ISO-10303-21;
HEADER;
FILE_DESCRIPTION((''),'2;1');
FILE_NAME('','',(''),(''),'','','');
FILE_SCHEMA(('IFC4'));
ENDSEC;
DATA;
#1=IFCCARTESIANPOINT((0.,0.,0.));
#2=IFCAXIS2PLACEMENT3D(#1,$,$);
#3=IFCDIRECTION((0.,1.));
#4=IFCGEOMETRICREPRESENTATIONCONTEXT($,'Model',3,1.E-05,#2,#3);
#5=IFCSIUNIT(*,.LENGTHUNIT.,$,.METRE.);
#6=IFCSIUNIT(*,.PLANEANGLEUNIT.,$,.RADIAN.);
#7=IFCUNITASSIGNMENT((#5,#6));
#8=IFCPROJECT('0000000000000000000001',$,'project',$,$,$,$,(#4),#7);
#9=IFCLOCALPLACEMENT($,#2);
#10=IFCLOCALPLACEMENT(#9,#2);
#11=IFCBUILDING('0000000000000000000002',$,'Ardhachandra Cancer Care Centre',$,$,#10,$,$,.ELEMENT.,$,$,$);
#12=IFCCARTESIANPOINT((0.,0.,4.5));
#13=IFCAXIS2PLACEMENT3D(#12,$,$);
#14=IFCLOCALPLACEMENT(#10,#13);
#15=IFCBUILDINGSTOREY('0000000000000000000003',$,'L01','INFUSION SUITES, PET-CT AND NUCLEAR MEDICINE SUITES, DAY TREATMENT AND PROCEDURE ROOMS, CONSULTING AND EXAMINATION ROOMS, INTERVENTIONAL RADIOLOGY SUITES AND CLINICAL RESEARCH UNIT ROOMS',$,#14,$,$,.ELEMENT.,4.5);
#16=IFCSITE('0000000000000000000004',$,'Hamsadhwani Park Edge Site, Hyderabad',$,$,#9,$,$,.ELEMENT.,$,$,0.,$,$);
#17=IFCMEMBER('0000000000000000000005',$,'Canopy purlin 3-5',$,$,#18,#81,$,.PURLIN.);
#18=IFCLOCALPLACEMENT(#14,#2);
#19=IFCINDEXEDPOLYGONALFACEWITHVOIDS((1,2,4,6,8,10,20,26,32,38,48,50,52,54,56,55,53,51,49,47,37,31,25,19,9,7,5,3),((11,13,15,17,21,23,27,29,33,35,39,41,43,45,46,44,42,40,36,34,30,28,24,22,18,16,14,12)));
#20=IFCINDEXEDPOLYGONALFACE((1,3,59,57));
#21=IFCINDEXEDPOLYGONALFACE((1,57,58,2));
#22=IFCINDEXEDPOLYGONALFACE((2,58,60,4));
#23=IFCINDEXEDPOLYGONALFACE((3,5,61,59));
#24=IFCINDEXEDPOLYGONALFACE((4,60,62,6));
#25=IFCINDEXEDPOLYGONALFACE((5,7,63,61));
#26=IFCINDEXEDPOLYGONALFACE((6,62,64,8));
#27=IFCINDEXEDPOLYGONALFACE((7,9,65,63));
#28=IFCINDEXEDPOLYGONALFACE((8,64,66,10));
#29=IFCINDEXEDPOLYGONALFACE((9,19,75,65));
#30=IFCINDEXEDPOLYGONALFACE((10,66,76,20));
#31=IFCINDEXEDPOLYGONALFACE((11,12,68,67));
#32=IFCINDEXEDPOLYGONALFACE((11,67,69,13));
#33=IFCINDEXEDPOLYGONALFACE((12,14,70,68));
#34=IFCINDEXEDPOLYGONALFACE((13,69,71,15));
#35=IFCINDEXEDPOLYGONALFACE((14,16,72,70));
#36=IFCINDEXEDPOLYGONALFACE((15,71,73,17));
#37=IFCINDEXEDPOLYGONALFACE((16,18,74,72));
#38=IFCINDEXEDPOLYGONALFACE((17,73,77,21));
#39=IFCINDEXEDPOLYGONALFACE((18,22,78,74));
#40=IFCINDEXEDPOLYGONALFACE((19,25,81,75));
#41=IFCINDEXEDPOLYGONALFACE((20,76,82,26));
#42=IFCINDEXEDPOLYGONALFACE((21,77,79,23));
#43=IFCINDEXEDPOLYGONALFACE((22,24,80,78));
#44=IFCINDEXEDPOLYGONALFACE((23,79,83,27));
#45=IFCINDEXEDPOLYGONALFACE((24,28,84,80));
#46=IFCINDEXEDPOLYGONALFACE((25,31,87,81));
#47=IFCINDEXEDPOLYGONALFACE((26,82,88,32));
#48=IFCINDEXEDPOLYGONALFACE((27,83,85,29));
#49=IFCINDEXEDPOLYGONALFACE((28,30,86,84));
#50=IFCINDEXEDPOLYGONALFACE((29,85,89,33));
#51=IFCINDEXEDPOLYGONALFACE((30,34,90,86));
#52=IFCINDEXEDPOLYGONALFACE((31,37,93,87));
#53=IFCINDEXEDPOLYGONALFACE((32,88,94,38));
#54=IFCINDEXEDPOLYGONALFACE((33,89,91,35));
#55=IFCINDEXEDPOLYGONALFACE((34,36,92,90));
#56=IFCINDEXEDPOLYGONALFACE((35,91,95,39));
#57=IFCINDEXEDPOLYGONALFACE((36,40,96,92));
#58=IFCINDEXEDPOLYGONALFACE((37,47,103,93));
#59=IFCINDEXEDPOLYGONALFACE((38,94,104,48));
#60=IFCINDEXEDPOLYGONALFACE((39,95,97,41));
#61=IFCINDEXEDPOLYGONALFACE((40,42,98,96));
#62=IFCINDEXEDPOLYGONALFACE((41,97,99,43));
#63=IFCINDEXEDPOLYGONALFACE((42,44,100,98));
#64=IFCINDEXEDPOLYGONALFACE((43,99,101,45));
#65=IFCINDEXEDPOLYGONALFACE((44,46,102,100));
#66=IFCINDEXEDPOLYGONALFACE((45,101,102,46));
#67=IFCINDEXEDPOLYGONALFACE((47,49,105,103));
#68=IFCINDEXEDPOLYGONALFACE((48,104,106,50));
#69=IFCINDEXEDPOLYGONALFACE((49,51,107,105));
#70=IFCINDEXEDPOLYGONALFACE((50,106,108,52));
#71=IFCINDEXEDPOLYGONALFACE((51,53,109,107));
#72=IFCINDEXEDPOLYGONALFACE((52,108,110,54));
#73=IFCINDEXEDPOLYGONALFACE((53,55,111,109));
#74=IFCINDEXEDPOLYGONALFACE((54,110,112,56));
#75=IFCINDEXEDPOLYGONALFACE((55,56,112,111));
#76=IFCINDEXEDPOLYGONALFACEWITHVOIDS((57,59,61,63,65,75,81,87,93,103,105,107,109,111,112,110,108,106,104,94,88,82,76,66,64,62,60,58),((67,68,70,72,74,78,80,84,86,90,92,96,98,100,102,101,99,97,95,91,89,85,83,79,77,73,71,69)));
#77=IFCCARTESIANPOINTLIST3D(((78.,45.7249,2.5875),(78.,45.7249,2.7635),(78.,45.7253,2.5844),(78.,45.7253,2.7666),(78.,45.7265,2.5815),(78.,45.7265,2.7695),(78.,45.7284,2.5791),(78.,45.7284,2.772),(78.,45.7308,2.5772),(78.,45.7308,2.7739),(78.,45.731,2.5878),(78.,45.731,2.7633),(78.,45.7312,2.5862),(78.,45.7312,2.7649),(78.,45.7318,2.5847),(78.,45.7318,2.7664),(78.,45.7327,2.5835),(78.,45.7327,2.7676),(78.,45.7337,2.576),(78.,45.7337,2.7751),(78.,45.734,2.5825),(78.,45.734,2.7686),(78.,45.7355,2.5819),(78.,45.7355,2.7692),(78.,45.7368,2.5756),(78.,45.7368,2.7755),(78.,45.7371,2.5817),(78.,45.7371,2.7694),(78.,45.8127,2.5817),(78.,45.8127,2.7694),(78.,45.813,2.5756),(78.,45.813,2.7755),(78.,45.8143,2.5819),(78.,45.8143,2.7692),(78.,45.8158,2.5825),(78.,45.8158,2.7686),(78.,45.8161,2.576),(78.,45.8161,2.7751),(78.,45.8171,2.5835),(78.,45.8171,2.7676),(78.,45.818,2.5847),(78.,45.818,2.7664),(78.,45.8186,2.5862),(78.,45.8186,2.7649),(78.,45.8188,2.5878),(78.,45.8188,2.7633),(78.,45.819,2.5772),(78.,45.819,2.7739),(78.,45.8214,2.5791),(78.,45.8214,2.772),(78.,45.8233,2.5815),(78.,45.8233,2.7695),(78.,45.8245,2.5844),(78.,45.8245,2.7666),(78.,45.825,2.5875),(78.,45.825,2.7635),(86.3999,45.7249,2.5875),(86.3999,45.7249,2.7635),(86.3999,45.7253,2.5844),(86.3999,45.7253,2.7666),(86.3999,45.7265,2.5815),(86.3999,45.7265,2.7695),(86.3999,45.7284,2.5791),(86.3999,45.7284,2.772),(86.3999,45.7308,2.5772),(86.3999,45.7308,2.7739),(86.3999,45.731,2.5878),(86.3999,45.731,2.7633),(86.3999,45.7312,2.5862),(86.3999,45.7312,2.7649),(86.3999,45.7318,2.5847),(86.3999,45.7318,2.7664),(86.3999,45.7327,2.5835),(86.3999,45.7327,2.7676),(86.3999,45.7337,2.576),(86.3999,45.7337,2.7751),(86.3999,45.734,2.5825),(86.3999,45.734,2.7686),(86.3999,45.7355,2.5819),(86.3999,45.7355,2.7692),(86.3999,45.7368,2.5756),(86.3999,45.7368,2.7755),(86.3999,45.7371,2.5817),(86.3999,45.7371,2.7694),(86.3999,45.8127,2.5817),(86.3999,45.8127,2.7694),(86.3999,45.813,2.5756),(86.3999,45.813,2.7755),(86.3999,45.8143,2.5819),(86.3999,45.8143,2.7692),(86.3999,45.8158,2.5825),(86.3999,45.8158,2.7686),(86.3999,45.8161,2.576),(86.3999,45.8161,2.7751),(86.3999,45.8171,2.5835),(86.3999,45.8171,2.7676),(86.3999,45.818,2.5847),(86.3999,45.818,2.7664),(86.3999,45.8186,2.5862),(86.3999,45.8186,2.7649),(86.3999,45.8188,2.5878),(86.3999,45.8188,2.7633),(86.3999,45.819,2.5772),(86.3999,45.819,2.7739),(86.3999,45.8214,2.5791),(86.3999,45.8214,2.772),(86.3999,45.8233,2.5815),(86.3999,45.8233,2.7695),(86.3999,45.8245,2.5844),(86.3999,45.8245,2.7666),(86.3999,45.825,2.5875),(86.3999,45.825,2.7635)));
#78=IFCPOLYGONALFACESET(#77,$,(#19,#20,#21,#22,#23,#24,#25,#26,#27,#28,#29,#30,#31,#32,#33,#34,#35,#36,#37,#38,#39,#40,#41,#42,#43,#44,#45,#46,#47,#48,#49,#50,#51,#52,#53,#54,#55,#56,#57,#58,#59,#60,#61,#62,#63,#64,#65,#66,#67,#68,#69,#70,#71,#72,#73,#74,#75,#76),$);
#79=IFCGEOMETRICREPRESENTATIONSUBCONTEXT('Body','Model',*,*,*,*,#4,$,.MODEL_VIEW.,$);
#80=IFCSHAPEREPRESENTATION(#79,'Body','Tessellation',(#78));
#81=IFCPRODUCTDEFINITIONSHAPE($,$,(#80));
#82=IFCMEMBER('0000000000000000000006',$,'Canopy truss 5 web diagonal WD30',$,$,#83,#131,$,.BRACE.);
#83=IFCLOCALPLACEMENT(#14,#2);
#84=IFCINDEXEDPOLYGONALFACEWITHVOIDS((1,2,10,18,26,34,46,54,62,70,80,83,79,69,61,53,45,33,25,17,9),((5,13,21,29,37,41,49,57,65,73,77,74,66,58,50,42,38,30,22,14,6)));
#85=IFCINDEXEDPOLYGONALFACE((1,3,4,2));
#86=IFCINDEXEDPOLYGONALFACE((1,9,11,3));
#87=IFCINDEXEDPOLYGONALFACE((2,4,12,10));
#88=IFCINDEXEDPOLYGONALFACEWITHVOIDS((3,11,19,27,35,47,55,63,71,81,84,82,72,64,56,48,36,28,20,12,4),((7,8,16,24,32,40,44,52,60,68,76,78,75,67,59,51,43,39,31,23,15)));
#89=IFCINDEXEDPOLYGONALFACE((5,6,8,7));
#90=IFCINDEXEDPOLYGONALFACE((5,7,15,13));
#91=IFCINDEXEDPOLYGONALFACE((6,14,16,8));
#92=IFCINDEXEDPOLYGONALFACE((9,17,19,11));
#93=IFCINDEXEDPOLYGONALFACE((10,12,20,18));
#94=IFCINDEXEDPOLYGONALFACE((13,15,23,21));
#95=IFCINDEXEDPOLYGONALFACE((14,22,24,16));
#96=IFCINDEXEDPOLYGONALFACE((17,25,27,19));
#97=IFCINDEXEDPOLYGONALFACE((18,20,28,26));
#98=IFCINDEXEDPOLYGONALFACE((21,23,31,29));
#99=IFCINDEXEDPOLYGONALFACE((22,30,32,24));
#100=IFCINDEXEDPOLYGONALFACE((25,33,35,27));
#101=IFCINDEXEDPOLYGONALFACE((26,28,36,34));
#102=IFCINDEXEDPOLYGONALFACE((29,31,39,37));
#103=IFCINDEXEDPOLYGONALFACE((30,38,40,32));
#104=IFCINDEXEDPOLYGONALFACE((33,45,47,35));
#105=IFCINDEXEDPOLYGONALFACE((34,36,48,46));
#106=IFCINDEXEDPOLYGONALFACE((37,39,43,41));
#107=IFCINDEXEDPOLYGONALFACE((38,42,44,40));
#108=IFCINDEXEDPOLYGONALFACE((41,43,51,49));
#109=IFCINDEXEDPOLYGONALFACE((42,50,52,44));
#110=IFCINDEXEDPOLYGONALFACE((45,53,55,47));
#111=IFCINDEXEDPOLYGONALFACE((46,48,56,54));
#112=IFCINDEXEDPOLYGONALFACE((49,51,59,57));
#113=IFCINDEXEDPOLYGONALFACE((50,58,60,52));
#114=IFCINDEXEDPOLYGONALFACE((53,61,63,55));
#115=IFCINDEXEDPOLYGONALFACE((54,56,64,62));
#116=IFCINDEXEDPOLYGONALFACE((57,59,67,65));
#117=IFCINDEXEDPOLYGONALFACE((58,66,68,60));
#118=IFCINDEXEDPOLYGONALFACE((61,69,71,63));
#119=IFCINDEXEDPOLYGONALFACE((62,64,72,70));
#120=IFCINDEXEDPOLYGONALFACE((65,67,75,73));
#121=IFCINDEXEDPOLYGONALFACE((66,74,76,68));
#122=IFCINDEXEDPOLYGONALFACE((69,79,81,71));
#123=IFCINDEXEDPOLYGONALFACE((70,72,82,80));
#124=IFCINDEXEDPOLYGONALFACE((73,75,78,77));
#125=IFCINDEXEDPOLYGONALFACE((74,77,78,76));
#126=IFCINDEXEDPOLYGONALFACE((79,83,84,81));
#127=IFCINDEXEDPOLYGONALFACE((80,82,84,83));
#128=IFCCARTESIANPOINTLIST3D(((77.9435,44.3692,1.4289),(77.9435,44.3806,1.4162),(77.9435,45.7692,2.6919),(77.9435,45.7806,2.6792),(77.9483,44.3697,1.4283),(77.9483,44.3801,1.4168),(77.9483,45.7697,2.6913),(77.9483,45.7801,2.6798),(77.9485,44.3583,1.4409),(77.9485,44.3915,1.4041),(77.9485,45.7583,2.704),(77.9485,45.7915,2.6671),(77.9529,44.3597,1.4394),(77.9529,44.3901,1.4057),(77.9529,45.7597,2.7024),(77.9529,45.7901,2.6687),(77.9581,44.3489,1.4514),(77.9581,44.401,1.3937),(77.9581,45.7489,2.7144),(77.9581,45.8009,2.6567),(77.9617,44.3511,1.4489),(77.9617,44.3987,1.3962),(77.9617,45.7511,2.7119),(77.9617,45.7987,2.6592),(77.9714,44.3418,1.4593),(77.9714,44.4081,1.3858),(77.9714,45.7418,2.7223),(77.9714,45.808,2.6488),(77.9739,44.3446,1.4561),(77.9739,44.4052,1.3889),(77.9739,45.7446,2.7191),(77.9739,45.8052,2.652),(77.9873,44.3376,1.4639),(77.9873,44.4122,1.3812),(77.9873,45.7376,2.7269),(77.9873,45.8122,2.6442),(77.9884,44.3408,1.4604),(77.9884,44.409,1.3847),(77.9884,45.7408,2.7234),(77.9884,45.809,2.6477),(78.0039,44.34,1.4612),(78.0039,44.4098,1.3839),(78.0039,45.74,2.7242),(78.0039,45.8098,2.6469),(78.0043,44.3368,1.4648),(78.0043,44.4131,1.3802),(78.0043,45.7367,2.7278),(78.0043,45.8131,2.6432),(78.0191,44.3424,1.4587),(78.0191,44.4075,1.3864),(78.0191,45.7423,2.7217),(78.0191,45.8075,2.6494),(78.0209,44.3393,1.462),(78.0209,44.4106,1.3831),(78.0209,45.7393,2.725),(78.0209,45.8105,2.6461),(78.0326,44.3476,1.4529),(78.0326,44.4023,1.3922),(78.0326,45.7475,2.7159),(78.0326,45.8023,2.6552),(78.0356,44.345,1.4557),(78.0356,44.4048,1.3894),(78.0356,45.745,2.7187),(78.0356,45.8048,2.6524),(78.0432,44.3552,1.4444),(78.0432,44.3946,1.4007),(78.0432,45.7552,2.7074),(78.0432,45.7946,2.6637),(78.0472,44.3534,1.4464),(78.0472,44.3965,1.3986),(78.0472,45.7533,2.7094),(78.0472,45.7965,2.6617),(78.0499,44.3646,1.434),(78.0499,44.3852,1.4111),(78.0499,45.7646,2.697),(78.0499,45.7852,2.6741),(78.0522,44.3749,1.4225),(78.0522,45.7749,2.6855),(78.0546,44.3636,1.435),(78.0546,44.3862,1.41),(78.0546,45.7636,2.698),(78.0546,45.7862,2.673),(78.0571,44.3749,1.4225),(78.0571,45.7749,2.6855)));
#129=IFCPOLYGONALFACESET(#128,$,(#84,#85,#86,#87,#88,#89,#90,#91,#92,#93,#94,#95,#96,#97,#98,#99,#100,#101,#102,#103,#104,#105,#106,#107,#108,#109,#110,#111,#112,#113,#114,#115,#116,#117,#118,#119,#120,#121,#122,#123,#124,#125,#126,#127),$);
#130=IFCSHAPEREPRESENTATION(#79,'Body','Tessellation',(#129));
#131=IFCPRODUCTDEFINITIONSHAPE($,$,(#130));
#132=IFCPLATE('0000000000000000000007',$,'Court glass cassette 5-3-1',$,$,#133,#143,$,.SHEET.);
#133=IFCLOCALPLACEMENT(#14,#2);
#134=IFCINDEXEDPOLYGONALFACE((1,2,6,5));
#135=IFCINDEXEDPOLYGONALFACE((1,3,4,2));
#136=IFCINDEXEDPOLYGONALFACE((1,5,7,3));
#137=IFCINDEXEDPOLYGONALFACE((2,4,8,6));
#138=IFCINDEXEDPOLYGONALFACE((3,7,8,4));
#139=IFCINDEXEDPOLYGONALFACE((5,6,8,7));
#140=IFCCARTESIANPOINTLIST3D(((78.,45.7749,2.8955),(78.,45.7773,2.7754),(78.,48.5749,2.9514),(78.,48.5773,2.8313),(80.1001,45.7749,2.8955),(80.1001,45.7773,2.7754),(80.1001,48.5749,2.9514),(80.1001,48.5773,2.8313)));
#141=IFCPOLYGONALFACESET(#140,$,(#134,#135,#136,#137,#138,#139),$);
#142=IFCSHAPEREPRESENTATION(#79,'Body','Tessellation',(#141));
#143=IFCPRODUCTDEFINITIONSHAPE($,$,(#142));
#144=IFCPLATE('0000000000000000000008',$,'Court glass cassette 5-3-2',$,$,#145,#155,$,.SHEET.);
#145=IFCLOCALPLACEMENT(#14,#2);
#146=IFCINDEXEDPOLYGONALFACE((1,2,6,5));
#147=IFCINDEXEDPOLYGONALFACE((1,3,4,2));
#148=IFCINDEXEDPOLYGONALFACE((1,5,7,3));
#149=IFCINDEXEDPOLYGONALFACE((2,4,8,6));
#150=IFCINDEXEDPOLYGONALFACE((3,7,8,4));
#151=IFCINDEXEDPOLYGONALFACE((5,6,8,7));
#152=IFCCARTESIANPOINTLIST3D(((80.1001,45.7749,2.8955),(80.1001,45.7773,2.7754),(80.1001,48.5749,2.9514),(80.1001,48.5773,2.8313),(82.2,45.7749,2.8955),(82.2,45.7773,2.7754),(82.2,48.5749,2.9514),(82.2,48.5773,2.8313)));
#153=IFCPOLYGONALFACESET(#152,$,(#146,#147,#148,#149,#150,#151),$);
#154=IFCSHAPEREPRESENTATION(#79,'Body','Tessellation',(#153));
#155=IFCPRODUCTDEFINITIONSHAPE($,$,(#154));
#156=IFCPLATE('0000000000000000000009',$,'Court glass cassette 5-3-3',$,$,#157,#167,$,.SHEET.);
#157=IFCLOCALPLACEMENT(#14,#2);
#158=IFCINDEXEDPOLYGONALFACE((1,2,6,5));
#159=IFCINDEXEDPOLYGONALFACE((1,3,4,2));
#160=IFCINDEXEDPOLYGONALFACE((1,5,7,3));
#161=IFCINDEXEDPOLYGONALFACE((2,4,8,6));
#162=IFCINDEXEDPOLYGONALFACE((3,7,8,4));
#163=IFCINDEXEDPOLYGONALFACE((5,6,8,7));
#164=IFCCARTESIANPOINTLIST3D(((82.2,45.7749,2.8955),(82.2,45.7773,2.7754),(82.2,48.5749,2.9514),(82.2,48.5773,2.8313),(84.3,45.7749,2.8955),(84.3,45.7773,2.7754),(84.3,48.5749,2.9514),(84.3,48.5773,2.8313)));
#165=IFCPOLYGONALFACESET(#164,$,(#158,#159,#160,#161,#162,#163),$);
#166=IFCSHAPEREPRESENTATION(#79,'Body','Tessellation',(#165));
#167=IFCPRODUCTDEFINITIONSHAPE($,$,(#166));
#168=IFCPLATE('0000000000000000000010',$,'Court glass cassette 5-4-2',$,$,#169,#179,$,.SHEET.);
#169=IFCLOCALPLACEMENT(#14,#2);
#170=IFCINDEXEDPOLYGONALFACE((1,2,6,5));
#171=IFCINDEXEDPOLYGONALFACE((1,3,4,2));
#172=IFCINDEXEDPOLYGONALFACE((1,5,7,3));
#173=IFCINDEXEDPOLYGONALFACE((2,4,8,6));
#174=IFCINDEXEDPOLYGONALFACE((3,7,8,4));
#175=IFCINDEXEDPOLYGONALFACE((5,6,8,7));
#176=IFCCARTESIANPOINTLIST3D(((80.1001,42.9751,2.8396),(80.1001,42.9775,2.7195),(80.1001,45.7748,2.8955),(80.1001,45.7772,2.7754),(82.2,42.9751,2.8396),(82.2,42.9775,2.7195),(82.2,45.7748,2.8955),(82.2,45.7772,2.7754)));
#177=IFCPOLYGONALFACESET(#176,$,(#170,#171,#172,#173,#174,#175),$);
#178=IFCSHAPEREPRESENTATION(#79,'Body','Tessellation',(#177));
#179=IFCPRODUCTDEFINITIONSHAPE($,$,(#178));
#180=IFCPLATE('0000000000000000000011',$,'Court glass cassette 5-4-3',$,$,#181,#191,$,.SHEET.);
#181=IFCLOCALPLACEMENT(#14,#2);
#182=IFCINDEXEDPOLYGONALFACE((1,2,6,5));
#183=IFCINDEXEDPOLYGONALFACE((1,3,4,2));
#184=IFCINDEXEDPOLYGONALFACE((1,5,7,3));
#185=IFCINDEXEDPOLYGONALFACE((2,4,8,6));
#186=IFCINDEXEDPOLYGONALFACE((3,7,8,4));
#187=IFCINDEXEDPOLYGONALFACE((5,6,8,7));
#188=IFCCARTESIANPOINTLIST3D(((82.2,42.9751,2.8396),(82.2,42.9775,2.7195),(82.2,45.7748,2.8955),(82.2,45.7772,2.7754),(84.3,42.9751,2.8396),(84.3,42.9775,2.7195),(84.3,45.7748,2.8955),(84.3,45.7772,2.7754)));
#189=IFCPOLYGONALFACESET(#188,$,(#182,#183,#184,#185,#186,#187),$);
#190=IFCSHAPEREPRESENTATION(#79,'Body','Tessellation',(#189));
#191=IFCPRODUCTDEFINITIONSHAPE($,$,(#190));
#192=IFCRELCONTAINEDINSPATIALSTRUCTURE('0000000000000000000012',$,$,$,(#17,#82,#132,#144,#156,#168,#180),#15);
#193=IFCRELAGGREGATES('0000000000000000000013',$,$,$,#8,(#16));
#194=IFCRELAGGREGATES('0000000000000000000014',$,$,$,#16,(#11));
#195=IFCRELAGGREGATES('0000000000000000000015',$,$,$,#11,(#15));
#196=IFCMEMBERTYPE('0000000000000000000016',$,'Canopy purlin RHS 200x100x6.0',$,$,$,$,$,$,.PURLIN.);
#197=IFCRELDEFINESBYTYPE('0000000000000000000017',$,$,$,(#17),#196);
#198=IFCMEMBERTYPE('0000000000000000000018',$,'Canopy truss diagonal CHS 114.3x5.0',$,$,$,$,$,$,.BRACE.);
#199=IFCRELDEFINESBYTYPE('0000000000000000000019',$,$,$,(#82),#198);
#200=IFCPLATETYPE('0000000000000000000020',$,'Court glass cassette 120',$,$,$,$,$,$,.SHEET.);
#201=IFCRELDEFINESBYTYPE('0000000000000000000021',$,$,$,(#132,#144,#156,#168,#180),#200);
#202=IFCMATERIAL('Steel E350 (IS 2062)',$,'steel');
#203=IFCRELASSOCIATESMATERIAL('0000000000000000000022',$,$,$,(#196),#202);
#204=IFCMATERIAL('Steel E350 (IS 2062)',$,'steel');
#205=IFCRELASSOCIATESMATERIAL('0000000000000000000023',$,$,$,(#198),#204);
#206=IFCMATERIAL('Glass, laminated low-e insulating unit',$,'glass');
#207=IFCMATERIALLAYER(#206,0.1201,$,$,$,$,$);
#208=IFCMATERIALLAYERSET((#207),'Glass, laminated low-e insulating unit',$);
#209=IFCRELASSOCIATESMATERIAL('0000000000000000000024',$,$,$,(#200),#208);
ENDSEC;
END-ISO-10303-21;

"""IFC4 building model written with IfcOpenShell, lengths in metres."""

from ifc_helpers import new_model, si_unit, direction, frame, origin, origin_2d, place, context, subcontext, project, spatial, polyline, hollow_rectangle, hollow_circle, outline, extrude, material, layer, layer_set, material_profile, profile_set, type_object, element, save


model = new_model("IFC4")

# Units and contexts
model_context = context("Model", 3, precision=1e-05, world=origin(), true_north=direction((0.0, 1.0)))
body_context = subcontext(model_context, "Body", "Model", "MODEL_VIEW")
ifc_project = project(units=[si_unit("LENGTHUNIT", "METRE"), si_unit("PLANEANGLEUNIT", "RADIAN")], contexts=[model_context])

# Site, building, storey
site_placement = place(None, origin())
site = spatial("IfcSite", under=ifc_project, at=site_placement, Name="Hamsadhwani Park Edge Site, Hyderabad", CompositionType="ELEMENT", RefElevation=0.0)
building_placement = place(site_placement, origin())
building = spatial("IfcBuilding", under=site, at=building_placement, Name="Ardhachandra Cancer Care Centre", CompositionType="ELEMENT")
storey_placement = place(building_placement, frame((0.0, 0.0, 4.5)))
storey = spatial("IfcBuildingStorey", under=building, at=storey_placement, Name="L01", Description="INFUSION SUITES, PET-CT AND NUCLEAR MEDICINE SUITES, DAY TREATMENT AND PROCEDURE ROOMS, CONSULTING AND EXAMINATION ROOMS, INTERVENTIONAL RADIOLOGY SUITES AND CLINICAL RESEARCH UNIT ROOMS", CompositionType="ELEMENT", Elevation=4.5)

# Members
ifc_material_1 = material(Name="Steel E350 (IS 2062)", Category="steel")
ifc_material_profile_1 = material_profile(ifc_material_1, hollow_rectangle(XDim=0.1001, YDim=0.2, WallThickness=0.0061, InnerFilletRadius=0.0061, OuterFilletRadius=0.012, at=origin_2d()), Name="RHS 200x100x6.0")
ifc_profile_set_1 = profile_set([ifc_material_profile_1], Name="Steel E350 (IS 2062)")
member_type_1 = type_object("IfcMemberType", Name="Canopy purlin RHS 200x100x6.0", PredefinedType="PURLIN", material=ifc_profile_set_1)
member_1_placement = place(storey_placement, frame((78.0, 45.7749, 2.6755), z_axis=(1.0, 0.0, 0.0), x_axis=(0.0, 1.0, 0.0)))
element("IfcMember", 1, at=member_1_placement, inside=storey, type_object=member_type_1, Name="Canopy purlin 3-5", PredefinedType="PURLIN", context=body_context, shape_type="SweptSolid", body=[
    extrude(hollow_rectangle(XDim=0.1001, YDim=0.2, WallThickness=0.0061, InnerFilletRadius=0.0061, OuterFilletRadius=0.012, at=origin_2d()), origin(), (0.0, 0.0, 1.0), 8.3999),
])
ifc_material_2 = material(Name="Steel E350 (IS 2062)", Category="steel")
ifc_material_profile_2 = material_profile(ifc_material_2, hollow_circle(Radius=0.0571, WallThickness=0.0049, at=origin_2d()), Name="CHS 114.3x5.0")
ifc_profile_set_2 = profile_set([ifc_material_profile_2], Name="Steel E350 (IS 2062)")
member_type_2 = type_object("IfcMemberType", Name="Canopy truss diagonal CHS 114.3x5.0", PredefinedType="BRACE", material=ifc_profile_set_2)
member_2_placement = place(storey_placement, frame((78.0, 45.7749, 2.6855), z_axis=(0.0, -0.742495, -0.669851), x_axis=(1.0, 0.0, 0.0)))
element("IfcMember", 2, at=member_2_placement, inside=storey, type_object=member_type_2, Name="Canopy truss 5 web diagonal WD30", PredefinedType="BRACE", context=body_context, shape_type="SweptSolid", body=[
    extrude(hollow_circle(Radius=0.0571, WallThickness=0.0049, at=origin_2d()), origin(), (0.0, 0.0, 1.0), 1.8855),
])

# Plates
ifc_material_3 = material(Name="Glass, laminated low-e insulating unit", Category="glass")
ifc_layer = layer(ifc_material_3, 0.1201)
ifc_layer_set = layer_set([ifc_layer], Name="Glass, laminated low-e insulating unit")
plate_type = type_object("IfcPlateType", Name="Court glass cassette 120", PredefinedType="SHEET", material=ifc_layer_set)
plate_1_placement = place(storey_placement, frame((78.0, 45.7749, 2.8955), z_axis=(0.0, -0.019963, 0.999801), x_axis=(0.0, 0.999801, 0.019963)))
element("IfcPlate", 3, at=plate_1_placement, inside=storey, type_object=plate_type, Name="Court glass cassette 5-3-1", PredefinedType="SHEET", context=body_context, shape_type="SweptSolid", body=[
    extrude(outline(polyline([(0.0, -2.1001), (2.8005, -2.1001), (2.8005, 0.0), (0.0, 0.0), (0.0, -2.1001)])), frame((0.0, 0.0, -0.1201)), (0.0, 0.0, 1.0), 0.1201),
])
plate_2_placement = place(storey_placement, frame((80.1001, 45.7749, 2.8955), z_axis=(0.0, -0.019963, 0.999801), x_axis=(0.0, 0.999801, 0.019963)))
element("IfcPlate", 4, at=plate_2_placement, inside=storey, type_object=plate_type, Name="Court glass cassette 5-3-2", PredefinedType="SHEET", context=body_context, shape_type="SweptSolid", body=[
    extrude(outline(polyline([(0.0, -2.0999), (2.8005, -2.0999), (2.8005, 0.0), (0.0, 0.0), (0.0, -2.0999)])), frame((0.0, 0.0, -0.1201)), (0.0, 0.0, 1.0), 0.1201),
])
plate_3_placement = place(storey_placement, frame((82.2, 45.7749, 2.8955), z_axis=(0.0, -0.019963, 0.999801), x_axis=(0.0, 0.999801, 0.019963)))
element("IfcPlate", 5, at=plate_3_placement, inside=storey, type_object=plate_type, Name="Court glass cassette 5-3-3", PredefinedType="SHEET", context=body_context, shape_type="SweptSolid", body=[
    extrude(outline(polyline([(0.0, -2.1001), (2.8005, -2.1001), (2.8005, 0.0), (0.0, 0.0), (0.0, -2.1001)])), frame((0.0, 0.0, -0.1201)), (0.0, 0.0, 1.0), 0.1201),
])
plate_4_placement = place(storey_placement, frame((80.1001, 42.9751, 2.8396), z_axis=(0.0, -0.019965, 0.999801), x_axis=(0.0, 0.999801, 0.019965)))
element("IfcPlate", 6, at=plate_4_placement, inside=storey, type_object=plate_type, Name="Court glass cassette 5-4-2", PredefinedType="SHEET", context=body_context, shape_type="SweptSolid", body=[
    extrude(outline(polyline([(0.0, -2.0999), (2.8003, -2.0999), (2.8003, 0.0), (0.0, 0.0), (0.0, -2.0999)])), frame((0.0, 0.0, -0.1201)), (0.0, 0.0, 1.0), 0.1201),
])
plate_5_placement = place(storey_placement, frame((82.2, 42.9751, 2.8396), z_axis=(0.0, -0.019965, 0.999801), x_axis=(0.0, 0.999801, 0.019965)))
element("IfcPlate", 7, at=plate_5_placement, inside=storey, type_object=plate_type, Name="Court glass cassette 5-4-3", PredefinedType="SHEET", context=body_context, shape_type="SweptSolid", body=[
    extrude(outline(polyline([(0.0, -2.1001), (2.8003, -2.1001), (2.8003, 0.0), (0.0, 0.0), (0.0, -2.1001)])), frame((0.0, 0.0, -0.1201)), (0.0, 0.0, 1.0), 0.1201),
])

save(model, "model.ifc")
